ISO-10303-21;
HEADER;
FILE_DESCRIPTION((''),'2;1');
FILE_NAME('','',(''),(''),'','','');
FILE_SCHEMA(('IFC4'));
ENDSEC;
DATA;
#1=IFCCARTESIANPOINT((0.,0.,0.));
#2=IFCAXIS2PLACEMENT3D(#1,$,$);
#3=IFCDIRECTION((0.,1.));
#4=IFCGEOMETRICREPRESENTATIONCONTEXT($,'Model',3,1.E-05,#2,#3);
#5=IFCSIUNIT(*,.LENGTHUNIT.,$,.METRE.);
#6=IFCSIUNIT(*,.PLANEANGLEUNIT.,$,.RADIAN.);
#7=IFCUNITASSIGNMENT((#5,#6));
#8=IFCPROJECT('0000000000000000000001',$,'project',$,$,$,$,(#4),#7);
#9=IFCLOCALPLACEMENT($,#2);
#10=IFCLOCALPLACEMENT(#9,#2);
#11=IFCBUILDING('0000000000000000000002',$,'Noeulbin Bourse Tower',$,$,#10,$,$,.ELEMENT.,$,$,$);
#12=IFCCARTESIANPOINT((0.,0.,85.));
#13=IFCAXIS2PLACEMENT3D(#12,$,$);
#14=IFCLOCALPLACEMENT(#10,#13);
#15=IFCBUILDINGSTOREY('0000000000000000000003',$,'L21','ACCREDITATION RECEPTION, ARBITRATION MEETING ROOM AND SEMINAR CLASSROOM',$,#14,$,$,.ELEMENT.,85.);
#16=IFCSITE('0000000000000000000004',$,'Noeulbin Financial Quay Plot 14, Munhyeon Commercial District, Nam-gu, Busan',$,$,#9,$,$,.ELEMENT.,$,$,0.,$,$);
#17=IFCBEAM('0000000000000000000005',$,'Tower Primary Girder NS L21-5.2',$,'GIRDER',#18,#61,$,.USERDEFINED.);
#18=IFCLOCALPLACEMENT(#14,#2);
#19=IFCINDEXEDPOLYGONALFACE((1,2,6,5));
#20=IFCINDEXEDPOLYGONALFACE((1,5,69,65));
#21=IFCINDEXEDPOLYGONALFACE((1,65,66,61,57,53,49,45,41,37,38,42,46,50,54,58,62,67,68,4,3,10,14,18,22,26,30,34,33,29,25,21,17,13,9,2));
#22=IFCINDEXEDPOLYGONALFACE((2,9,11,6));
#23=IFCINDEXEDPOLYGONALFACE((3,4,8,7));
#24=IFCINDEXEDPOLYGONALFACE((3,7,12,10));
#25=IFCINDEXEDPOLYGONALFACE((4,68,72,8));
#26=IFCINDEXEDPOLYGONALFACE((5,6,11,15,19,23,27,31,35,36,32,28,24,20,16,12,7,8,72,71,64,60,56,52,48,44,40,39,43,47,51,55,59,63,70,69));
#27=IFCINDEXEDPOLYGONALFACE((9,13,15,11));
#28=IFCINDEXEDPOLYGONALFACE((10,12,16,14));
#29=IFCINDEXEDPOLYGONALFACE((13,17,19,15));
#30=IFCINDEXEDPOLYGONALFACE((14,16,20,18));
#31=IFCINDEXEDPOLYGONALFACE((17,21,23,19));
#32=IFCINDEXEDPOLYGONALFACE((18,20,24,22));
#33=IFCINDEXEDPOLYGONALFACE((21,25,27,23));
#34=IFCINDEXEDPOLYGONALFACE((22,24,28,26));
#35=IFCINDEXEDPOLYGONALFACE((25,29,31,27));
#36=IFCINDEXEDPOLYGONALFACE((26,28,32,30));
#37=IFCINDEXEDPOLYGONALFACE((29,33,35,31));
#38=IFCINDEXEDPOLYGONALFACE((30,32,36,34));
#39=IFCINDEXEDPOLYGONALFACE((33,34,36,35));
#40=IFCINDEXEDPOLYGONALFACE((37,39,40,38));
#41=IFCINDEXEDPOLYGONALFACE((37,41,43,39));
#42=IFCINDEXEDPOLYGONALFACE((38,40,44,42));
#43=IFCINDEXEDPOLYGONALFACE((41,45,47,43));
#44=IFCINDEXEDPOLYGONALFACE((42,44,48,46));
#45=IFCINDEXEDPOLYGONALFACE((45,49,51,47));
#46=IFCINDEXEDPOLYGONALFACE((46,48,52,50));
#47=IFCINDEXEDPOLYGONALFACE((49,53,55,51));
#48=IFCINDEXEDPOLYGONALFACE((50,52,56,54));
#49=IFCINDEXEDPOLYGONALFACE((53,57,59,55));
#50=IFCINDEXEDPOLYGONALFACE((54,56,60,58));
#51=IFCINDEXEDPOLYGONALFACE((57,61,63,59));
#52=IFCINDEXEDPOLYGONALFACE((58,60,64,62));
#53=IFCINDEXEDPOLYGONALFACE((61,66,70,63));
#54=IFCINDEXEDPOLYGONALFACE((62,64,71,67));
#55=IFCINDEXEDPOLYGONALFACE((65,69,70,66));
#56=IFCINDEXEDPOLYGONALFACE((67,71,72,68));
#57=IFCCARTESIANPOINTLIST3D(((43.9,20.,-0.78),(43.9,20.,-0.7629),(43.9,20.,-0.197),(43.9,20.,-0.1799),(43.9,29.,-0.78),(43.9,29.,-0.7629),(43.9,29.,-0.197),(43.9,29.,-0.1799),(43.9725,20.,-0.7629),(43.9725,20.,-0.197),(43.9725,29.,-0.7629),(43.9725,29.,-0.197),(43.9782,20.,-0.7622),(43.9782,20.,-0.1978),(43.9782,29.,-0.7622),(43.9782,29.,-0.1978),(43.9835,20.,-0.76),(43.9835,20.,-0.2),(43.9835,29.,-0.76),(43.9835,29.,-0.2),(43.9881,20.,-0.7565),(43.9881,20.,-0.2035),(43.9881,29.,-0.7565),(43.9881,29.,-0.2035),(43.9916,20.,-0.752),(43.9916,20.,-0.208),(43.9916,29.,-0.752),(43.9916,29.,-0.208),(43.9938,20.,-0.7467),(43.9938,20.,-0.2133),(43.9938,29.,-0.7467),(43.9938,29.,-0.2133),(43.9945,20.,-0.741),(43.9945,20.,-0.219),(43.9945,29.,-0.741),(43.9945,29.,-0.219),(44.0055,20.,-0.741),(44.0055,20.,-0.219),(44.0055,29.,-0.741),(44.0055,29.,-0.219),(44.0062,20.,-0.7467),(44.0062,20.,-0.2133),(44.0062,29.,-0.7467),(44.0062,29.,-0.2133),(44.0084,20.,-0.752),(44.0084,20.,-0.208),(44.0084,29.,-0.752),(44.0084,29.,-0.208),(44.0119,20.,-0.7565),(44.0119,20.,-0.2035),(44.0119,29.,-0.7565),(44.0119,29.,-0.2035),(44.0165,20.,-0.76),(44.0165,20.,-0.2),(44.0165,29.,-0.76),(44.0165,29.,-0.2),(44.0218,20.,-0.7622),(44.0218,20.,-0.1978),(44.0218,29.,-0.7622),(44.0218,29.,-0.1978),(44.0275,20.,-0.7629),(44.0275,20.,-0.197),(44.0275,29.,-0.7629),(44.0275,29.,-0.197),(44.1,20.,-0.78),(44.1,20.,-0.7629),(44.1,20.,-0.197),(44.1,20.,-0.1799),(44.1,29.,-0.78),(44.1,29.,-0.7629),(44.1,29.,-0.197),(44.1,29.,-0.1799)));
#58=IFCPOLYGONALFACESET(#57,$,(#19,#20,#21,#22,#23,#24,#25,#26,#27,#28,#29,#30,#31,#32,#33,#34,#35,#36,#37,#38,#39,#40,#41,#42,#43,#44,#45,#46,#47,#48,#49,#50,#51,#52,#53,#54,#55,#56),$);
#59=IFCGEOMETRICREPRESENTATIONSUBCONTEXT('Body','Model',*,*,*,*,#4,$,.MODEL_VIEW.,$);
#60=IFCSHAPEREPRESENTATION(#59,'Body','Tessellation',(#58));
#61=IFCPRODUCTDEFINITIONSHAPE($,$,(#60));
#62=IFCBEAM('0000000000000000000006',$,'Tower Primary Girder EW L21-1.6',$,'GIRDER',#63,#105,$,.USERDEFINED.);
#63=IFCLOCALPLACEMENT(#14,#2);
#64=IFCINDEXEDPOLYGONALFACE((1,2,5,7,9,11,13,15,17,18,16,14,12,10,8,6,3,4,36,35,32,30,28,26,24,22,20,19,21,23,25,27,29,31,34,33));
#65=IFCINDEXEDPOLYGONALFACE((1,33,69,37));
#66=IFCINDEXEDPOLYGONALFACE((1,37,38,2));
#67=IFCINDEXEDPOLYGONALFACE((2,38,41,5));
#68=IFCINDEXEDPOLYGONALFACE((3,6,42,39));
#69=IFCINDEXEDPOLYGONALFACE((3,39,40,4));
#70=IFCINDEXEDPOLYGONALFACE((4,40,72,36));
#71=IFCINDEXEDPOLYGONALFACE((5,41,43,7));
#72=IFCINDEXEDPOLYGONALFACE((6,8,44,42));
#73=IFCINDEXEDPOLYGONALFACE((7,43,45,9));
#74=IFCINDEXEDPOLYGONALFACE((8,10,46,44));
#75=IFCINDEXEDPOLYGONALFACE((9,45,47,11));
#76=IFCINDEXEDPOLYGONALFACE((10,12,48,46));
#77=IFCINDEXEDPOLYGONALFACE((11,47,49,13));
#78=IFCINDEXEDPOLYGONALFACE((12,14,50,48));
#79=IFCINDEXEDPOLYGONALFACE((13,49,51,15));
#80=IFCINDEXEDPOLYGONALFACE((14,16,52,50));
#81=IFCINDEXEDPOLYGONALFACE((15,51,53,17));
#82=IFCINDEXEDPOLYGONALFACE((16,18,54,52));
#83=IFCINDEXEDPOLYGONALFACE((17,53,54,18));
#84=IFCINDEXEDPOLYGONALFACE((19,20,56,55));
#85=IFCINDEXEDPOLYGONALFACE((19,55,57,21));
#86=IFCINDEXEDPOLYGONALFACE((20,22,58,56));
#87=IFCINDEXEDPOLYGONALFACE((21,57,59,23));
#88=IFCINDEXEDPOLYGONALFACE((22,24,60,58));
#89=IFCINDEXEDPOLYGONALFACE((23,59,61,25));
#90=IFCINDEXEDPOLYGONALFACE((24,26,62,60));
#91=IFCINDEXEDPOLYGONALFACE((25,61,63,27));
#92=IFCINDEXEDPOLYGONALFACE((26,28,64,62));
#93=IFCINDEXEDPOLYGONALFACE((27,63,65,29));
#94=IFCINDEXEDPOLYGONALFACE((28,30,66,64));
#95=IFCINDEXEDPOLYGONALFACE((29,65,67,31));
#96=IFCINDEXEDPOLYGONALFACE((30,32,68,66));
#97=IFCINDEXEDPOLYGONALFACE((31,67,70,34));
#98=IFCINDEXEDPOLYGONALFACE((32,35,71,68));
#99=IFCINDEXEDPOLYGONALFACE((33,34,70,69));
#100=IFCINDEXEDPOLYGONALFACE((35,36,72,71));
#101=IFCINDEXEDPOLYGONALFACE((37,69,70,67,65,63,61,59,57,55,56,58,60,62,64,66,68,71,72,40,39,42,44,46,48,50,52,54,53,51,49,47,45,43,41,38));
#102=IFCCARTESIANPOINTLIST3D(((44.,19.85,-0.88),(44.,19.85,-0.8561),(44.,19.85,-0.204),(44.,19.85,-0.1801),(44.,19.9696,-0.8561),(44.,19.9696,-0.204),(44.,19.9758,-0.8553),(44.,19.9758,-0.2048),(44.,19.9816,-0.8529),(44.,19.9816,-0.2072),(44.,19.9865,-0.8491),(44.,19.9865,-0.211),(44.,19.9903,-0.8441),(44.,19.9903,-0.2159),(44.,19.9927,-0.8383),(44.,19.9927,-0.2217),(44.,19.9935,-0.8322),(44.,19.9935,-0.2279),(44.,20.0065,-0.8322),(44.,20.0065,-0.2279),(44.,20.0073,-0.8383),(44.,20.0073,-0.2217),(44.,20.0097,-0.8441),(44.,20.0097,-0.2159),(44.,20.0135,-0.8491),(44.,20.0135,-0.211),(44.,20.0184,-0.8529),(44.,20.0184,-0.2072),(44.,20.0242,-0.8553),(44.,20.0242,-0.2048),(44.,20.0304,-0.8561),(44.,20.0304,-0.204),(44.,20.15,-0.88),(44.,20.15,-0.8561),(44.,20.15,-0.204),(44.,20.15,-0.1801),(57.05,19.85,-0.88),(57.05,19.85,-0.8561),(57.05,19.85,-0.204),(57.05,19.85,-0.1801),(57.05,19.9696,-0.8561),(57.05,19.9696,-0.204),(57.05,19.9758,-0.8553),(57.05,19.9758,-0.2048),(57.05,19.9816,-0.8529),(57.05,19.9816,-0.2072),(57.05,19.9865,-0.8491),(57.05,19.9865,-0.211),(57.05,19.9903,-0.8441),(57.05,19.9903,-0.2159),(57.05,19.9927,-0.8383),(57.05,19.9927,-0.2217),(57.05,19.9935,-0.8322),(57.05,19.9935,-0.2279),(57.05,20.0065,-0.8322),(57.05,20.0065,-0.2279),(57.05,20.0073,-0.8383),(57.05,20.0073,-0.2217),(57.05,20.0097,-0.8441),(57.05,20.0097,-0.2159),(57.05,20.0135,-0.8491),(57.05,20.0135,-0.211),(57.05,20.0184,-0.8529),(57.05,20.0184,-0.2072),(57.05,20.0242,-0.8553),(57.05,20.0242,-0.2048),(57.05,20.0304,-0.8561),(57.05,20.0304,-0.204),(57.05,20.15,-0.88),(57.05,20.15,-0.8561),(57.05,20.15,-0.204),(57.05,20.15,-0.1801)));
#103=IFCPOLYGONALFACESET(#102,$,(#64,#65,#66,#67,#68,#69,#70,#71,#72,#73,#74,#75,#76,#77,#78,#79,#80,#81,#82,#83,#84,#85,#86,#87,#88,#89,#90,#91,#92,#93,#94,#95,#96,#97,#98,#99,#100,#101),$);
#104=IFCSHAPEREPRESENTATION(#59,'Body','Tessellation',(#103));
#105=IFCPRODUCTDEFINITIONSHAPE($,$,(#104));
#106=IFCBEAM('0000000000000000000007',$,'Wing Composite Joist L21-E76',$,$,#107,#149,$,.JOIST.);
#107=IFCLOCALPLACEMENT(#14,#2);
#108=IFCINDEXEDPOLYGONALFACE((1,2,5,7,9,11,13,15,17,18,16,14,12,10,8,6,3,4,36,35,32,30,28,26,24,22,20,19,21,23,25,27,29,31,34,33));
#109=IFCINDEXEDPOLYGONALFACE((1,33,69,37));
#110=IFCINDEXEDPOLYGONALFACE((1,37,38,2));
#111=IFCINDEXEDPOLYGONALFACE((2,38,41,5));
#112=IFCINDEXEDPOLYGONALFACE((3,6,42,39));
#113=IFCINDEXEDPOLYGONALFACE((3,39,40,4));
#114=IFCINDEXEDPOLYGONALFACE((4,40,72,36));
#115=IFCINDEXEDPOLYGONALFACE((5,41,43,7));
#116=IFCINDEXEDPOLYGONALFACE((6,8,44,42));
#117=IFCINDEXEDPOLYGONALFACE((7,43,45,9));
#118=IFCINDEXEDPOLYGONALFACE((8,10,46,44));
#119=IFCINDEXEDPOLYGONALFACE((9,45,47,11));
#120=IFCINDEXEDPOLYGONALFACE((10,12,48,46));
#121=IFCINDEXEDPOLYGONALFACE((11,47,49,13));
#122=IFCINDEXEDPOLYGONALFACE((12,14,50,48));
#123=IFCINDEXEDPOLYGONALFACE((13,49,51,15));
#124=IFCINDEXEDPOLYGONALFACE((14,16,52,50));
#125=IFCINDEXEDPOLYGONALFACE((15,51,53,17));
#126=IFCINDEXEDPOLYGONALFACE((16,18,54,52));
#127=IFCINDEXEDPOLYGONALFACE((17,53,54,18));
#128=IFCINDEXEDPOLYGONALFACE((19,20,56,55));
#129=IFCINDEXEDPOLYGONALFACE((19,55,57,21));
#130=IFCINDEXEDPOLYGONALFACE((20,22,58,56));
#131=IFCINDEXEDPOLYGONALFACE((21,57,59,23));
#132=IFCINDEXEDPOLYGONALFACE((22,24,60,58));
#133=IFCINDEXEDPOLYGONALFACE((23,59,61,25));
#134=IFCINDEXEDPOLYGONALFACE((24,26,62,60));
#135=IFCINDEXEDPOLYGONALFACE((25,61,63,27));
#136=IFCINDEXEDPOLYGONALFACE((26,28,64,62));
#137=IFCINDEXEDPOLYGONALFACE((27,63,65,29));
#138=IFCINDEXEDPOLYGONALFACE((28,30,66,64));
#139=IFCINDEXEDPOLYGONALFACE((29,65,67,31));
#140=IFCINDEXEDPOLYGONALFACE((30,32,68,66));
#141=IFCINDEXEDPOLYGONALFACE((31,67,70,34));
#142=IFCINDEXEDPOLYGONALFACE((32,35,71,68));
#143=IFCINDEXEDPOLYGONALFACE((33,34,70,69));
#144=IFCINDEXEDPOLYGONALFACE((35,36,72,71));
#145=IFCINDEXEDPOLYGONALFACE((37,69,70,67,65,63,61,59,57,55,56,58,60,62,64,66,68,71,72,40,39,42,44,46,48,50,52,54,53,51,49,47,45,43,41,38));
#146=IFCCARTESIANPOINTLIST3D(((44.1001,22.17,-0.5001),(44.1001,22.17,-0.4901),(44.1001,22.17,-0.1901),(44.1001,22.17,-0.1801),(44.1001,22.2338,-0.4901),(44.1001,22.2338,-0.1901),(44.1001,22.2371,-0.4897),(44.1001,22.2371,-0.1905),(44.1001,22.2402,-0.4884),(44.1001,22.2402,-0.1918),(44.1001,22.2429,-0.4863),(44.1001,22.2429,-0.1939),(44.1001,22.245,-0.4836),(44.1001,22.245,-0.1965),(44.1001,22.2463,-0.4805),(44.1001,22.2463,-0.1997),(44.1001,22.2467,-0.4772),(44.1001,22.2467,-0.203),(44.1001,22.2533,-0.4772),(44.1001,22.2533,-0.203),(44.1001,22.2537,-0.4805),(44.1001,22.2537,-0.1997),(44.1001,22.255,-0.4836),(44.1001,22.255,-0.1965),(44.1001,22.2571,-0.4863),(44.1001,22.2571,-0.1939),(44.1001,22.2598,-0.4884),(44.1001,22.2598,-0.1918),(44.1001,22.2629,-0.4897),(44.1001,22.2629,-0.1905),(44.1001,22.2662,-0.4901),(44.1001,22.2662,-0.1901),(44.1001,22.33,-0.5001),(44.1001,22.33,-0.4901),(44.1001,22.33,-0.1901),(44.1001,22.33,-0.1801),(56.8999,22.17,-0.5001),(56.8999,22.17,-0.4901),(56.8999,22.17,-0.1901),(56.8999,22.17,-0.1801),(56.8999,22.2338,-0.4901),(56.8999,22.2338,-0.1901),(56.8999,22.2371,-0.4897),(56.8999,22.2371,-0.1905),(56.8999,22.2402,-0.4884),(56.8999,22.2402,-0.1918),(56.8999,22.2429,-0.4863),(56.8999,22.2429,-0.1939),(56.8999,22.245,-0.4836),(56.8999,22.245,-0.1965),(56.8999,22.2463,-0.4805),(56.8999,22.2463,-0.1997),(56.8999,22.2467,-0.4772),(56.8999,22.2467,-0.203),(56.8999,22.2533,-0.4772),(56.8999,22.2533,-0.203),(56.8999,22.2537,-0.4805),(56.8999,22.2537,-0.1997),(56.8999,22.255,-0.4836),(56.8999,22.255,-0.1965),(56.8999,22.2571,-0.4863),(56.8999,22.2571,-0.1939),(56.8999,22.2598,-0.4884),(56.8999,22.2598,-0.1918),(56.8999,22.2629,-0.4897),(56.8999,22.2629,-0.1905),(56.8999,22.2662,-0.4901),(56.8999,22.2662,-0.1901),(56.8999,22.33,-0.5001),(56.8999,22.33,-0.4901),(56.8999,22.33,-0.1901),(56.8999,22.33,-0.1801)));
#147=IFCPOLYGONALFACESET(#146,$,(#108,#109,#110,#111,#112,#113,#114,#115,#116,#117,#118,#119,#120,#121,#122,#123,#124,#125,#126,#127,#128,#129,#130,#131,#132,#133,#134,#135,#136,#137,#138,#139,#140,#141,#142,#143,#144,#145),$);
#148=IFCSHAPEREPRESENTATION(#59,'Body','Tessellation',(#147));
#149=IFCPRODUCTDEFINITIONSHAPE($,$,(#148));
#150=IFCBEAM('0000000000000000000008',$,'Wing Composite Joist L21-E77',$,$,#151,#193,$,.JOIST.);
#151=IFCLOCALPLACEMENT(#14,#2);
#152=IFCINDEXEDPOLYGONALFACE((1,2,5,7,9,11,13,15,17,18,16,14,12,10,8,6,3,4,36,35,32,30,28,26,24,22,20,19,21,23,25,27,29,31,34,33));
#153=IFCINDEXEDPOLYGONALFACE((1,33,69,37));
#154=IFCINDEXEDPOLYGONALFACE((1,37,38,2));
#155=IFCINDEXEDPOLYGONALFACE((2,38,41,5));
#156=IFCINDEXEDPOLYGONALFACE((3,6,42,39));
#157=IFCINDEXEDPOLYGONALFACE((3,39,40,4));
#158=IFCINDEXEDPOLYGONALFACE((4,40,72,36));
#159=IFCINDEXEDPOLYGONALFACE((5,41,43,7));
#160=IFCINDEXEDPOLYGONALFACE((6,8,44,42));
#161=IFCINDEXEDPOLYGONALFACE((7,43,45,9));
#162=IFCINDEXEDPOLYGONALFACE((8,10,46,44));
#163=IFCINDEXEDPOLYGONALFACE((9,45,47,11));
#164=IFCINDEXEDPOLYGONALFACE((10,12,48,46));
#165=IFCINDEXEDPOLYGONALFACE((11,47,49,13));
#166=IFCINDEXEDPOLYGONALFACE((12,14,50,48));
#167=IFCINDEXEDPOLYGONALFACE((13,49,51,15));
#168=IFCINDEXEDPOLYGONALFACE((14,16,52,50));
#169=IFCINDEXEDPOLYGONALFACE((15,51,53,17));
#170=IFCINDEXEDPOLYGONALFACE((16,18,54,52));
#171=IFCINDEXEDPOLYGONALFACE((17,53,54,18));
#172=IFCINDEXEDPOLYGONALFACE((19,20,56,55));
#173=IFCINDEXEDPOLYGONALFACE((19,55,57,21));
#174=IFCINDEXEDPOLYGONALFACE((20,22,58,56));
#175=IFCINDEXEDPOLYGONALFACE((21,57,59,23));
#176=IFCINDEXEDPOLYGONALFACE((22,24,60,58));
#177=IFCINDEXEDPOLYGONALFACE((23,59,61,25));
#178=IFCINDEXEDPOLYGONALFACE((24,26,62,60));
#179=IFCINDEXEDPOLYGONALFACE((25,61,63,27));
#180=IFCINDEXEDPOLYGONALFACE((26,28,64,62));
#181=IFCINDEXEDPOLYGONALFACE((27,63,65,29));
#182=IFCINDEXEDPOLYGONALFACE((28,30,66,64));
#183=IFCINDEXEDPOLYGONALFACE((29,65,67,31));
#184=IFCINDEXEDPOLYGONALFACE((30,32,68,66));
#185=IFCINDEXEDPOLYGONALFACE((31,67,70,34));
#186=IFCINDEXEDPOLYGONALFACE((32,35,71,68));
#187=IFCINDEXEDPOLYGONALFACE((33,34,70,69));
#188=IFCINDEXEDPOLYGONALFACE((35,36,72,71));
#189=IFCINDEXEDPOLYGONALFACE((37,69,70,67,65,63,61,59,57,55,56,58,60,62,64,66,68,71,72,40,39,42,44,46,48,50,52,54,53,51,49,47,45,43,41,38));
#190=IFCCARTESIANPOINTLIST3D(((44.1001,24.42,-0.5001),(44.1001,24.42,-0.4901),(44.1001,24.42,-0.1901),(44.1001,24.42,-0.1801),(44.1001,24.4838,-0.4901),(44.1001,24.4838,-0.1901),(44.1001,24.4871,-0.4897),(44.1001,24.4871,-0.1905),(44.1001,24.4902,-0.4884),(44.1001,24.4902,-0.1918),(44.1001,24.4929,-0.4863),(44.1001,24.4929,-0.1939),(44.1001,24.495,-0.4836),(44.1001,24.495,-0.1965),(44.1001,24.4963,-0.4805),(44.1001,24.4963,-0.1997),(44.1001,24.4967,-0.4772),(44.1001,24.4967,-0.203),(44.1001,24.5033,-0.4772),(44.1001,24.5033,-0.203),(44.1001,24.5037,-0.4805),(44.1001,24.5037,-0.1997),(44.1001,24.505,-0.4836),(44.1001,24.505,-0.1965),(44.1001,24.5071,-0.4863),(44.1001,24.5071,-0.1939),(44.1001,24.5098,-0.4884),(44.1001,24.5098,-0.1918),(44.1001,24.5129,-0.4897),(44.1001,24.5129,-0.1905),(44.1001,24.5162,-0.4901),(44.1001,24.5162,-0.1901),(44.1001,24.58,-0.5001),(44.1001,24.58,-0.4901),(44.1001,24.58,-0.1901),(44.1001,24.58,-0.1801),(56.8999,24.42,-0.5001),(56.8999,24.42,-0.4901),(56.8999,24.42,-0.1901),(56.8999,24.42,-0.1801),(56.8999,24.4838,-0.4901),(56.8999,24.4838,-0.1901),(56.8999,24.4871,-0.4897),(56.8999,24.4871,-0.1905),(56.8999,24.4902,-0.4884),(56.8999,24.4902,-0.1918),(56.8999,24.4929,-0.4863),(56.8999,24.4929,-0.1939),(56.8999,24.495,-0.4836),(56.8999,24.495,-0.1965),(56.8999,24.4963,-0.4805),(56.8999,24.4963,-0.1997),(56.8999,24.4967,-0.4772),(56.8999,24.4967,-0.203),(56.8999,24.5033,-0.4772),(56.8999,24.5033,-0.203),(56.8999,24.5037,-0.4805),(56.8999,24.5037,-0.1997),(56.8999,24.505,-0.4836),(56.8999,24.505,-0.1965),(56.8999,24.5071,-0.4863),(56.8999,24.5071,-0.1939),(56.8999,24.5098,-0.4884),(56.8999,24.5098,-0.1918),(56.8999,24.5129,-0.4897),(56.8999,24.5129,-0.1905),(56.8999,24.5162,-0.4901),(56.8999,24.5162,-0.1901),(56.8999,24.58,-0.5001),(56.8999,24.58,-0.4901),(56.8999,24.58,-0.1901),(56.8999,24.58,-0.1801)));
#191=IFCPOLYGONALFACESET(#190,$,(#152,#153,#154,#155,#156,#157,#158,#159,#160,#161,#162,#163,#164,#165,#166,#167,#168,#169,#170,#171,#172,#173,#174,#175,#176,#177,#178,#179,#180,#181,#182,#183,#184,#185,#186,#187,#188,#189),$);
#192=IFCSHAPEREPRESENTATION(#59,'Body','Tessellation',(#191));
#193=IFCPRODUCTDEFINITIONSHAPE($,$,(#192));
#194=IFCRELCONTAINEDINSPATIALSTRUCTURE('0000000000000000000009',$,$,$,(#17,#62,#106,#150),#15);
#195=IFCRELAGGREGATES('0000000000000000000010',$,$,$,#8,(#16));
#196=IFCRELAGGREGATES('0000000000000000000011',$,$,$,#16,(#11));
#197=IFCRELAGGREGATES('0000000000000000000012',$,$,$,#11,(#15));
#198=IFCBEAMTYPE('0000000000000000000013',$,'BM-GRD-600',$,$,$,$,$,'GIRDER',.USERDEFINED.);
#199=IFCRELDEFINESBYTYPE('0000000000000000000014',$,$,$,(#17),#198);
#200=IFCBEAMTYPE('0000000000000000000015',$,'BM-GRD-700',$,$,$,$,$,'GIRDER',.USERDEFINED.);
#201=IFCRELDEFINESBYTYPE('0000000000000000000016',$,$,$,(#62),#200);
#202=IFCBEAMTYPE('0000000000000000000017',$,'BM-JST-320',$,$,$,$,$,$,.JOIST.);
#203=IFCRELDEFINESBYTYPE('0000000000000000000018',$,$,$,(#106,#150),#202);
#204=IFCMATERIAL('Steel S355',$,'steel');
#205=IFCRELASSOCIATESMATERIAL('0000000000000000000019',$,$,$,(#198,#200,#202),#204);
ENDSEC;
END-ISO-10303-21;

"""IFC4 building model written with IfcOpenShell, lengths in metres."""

from ifc_helpers import new_model, si_unit, direction, frame, origin, origin_2d, place, context, subcontext, project, spatial, i_section, extrude, material, material_profile, profile_set, type_object, element, save


model = new_model("IFC4")

# Units and contexts
model_context = context("Model", 3, precision=1e-05, world=origin(), true_north=direction((0.0, 1.0)))
body_context = subcontext(model_context, "Body", "Model", "MODEL_VIEW")
ifc_project = project(units=[si_unit("LENGTHUNIT", "METRE"), si_unit("PLANEANGLEUNIT", "RADIAN")], contexts=[model_context])

# Site, building, storey
site_placement = place(None, origin())
site = spatial("IfcSite", under=ifc_project, at=site_placement, Name="Noeulbin Financial Quay Plot 14, Munhyeon Commercial District, Nam-gu, Busan", CompositionType="ELEMENT", RefElevation=0.0)
building_placement = place(site_placement, origin())
building = spatial("IfcBuilding", under=site, at=building_placement, Name="Noeulbin Bourse Tower", CompositionType="ELEMENT")
storey_placement = place(building_placement, frame((0.0, 0.0, 85.0)))
storey = spatial("IfcBuildingStorey", under=building, at=storey_placement, Name="L21", Description="ACCREDITATION RECEPTION, ARBITRATION MEETING ROOM AND SEMINAR CLASSROOM", CompositionType="ELEMENT", Elevation=85.0)

# Beams
ifc_material_1 = material(Name="Steel S355", Category="steel")
ifc_material_profile_1 = material_profile(ifc_material_1, i_section(OverallWidth=0.2, OverallDepth=0.6001, WebThickness=0.011, FlangeThickness=0.0171, FilletRadius=0.022, at=origin_2d()), Name="H-600x200x11x17", Category="LoadBearing")
ifc_profile_set_1 = profile_set([ifc_material_profile_1], Name="Steel S355")
beam_type_1 = type_object("IfcBeamType", Name="BM-GRD-600", ElementType="GIRDER", PredefinedType="USERDEFINED", material=ifc_profile_set_1)
beam_1_placement = place(storey_placement, frame((44.0, 20.0, -0.48), z_axis=(0.0, 1.0, 0.0), x_axis=(-1.0, 0.0, 0.0)))
element("IfcBeam", 1, at=beam_1_placement, inside=storey, type_object=beam_type_1, Name="Tower Primary Girder NS L21-5.2", ObjectType="GIRDER", PredefinedType="USERDEFINED", context=body_context, shape_type="SweptSolid", body=[
    extrude(i_section(OverallWidth=0.2, OverallDepth=0.6001, WebThickness=0.011, FlangeThickness=0.0171, FilletRadius=0.022, at=origin_2d()), origin(), (0.0, 0.0, 1.0), 9.0),
])
ifc_material_profile_2 = material_profile(ifc_material_1, i_section(OverallWidth=0.3, OverallDepth=0.7, WebThickness=0.0129, FlangeThickness=0.0239, FilletRadius=0.0239, at=origin_2d()), Name="H-700x300x13x24", Category="LoadBearing")
ifc_profile_set_2 = profile_set([ifc_material_profile_2], Name="Steel S355")
beam_type_2 = type_object("IfcBeamType", Name="BM-GRD-700", ElementType="GIRDER", PredefinedType="USERDEFINED", material=ifc_profile_set_2)
beam_2_placement = place(storey_placement, frame((44.0, 20.0, -0.53), z_axis=(1.0, 0.0, 0.0), x_axis=(0.0, 1.0, 0.0)))
element("IfcBeam", 2, at=beam_2_placement, inside=storey, type_object=beam_type_2, Name="Tower Primary Girder EW L21-1.6", ObjectType="GIRDER", PredefinedType="USERDEFINED", context=body_context, shape_type="SweptSolid", body=[
    extrude(i_section(OverallWidth=0.3, OverallDepth=0.7, WebThickness=0.0129, FlangeThickness=0.0239, FilletRadius=0.0239, at=origin_2d()), origin(), (0.0, 0.0, 1.0), 13.05),
])
ifc_material_profile_3 = material_profile(ifc_material_1, i_section(OverallWidth=0.1599, OverallDepth=0.3201, WebThickness=0.0066, FlangeThickness=0.01, FilletRadius=0.0129, at=origin_2d()), Name="H-320x160x6.5x10", Category="LoadBearing")
ifc_profile_set_3 = profile_set([ifc_material_profile_3], Name="Steel S355")
beam_type_3 = type_object("IfcBeamType", Name="BM-JST-320", PredefinedType="JOIST", material=ifc_profile_set_3)
for number, where, z_axis, x_axis, name in (
    (3, (44.1001, 22.25, -0.3401), (1.0, 0.0, 0.0), (0.0, 1.0, 0.0), "Wing Composite Joist L21-E76"),
    (4, (44.1001, 24.5, -0.3401), (1.0, 0.0, 0.0), (0.0, 1.0, 0.0), "Wing Composite Joist L21-E77"),
):
    element("IfcBeam", number, at=place(storey_placement, frame(where, z_axis=z_axis, x_axis=x_axis)), inside=storey, type_object=beam_type_3, Name=name, PredefinedType="JOIST", context=body_context, shape_type="SweptSolid", body=[
        extrude(i_section(OverallWidth=0.1599, OverallDepth=0.3201, WebThickness=0.0066, FlangeThickness=0.01, FilletRadius=0.0129, at=origin_2d()), origin(), (0.0, 0.0, 1.0), 12.7998),
    ])

save(model, "model.ifc")
